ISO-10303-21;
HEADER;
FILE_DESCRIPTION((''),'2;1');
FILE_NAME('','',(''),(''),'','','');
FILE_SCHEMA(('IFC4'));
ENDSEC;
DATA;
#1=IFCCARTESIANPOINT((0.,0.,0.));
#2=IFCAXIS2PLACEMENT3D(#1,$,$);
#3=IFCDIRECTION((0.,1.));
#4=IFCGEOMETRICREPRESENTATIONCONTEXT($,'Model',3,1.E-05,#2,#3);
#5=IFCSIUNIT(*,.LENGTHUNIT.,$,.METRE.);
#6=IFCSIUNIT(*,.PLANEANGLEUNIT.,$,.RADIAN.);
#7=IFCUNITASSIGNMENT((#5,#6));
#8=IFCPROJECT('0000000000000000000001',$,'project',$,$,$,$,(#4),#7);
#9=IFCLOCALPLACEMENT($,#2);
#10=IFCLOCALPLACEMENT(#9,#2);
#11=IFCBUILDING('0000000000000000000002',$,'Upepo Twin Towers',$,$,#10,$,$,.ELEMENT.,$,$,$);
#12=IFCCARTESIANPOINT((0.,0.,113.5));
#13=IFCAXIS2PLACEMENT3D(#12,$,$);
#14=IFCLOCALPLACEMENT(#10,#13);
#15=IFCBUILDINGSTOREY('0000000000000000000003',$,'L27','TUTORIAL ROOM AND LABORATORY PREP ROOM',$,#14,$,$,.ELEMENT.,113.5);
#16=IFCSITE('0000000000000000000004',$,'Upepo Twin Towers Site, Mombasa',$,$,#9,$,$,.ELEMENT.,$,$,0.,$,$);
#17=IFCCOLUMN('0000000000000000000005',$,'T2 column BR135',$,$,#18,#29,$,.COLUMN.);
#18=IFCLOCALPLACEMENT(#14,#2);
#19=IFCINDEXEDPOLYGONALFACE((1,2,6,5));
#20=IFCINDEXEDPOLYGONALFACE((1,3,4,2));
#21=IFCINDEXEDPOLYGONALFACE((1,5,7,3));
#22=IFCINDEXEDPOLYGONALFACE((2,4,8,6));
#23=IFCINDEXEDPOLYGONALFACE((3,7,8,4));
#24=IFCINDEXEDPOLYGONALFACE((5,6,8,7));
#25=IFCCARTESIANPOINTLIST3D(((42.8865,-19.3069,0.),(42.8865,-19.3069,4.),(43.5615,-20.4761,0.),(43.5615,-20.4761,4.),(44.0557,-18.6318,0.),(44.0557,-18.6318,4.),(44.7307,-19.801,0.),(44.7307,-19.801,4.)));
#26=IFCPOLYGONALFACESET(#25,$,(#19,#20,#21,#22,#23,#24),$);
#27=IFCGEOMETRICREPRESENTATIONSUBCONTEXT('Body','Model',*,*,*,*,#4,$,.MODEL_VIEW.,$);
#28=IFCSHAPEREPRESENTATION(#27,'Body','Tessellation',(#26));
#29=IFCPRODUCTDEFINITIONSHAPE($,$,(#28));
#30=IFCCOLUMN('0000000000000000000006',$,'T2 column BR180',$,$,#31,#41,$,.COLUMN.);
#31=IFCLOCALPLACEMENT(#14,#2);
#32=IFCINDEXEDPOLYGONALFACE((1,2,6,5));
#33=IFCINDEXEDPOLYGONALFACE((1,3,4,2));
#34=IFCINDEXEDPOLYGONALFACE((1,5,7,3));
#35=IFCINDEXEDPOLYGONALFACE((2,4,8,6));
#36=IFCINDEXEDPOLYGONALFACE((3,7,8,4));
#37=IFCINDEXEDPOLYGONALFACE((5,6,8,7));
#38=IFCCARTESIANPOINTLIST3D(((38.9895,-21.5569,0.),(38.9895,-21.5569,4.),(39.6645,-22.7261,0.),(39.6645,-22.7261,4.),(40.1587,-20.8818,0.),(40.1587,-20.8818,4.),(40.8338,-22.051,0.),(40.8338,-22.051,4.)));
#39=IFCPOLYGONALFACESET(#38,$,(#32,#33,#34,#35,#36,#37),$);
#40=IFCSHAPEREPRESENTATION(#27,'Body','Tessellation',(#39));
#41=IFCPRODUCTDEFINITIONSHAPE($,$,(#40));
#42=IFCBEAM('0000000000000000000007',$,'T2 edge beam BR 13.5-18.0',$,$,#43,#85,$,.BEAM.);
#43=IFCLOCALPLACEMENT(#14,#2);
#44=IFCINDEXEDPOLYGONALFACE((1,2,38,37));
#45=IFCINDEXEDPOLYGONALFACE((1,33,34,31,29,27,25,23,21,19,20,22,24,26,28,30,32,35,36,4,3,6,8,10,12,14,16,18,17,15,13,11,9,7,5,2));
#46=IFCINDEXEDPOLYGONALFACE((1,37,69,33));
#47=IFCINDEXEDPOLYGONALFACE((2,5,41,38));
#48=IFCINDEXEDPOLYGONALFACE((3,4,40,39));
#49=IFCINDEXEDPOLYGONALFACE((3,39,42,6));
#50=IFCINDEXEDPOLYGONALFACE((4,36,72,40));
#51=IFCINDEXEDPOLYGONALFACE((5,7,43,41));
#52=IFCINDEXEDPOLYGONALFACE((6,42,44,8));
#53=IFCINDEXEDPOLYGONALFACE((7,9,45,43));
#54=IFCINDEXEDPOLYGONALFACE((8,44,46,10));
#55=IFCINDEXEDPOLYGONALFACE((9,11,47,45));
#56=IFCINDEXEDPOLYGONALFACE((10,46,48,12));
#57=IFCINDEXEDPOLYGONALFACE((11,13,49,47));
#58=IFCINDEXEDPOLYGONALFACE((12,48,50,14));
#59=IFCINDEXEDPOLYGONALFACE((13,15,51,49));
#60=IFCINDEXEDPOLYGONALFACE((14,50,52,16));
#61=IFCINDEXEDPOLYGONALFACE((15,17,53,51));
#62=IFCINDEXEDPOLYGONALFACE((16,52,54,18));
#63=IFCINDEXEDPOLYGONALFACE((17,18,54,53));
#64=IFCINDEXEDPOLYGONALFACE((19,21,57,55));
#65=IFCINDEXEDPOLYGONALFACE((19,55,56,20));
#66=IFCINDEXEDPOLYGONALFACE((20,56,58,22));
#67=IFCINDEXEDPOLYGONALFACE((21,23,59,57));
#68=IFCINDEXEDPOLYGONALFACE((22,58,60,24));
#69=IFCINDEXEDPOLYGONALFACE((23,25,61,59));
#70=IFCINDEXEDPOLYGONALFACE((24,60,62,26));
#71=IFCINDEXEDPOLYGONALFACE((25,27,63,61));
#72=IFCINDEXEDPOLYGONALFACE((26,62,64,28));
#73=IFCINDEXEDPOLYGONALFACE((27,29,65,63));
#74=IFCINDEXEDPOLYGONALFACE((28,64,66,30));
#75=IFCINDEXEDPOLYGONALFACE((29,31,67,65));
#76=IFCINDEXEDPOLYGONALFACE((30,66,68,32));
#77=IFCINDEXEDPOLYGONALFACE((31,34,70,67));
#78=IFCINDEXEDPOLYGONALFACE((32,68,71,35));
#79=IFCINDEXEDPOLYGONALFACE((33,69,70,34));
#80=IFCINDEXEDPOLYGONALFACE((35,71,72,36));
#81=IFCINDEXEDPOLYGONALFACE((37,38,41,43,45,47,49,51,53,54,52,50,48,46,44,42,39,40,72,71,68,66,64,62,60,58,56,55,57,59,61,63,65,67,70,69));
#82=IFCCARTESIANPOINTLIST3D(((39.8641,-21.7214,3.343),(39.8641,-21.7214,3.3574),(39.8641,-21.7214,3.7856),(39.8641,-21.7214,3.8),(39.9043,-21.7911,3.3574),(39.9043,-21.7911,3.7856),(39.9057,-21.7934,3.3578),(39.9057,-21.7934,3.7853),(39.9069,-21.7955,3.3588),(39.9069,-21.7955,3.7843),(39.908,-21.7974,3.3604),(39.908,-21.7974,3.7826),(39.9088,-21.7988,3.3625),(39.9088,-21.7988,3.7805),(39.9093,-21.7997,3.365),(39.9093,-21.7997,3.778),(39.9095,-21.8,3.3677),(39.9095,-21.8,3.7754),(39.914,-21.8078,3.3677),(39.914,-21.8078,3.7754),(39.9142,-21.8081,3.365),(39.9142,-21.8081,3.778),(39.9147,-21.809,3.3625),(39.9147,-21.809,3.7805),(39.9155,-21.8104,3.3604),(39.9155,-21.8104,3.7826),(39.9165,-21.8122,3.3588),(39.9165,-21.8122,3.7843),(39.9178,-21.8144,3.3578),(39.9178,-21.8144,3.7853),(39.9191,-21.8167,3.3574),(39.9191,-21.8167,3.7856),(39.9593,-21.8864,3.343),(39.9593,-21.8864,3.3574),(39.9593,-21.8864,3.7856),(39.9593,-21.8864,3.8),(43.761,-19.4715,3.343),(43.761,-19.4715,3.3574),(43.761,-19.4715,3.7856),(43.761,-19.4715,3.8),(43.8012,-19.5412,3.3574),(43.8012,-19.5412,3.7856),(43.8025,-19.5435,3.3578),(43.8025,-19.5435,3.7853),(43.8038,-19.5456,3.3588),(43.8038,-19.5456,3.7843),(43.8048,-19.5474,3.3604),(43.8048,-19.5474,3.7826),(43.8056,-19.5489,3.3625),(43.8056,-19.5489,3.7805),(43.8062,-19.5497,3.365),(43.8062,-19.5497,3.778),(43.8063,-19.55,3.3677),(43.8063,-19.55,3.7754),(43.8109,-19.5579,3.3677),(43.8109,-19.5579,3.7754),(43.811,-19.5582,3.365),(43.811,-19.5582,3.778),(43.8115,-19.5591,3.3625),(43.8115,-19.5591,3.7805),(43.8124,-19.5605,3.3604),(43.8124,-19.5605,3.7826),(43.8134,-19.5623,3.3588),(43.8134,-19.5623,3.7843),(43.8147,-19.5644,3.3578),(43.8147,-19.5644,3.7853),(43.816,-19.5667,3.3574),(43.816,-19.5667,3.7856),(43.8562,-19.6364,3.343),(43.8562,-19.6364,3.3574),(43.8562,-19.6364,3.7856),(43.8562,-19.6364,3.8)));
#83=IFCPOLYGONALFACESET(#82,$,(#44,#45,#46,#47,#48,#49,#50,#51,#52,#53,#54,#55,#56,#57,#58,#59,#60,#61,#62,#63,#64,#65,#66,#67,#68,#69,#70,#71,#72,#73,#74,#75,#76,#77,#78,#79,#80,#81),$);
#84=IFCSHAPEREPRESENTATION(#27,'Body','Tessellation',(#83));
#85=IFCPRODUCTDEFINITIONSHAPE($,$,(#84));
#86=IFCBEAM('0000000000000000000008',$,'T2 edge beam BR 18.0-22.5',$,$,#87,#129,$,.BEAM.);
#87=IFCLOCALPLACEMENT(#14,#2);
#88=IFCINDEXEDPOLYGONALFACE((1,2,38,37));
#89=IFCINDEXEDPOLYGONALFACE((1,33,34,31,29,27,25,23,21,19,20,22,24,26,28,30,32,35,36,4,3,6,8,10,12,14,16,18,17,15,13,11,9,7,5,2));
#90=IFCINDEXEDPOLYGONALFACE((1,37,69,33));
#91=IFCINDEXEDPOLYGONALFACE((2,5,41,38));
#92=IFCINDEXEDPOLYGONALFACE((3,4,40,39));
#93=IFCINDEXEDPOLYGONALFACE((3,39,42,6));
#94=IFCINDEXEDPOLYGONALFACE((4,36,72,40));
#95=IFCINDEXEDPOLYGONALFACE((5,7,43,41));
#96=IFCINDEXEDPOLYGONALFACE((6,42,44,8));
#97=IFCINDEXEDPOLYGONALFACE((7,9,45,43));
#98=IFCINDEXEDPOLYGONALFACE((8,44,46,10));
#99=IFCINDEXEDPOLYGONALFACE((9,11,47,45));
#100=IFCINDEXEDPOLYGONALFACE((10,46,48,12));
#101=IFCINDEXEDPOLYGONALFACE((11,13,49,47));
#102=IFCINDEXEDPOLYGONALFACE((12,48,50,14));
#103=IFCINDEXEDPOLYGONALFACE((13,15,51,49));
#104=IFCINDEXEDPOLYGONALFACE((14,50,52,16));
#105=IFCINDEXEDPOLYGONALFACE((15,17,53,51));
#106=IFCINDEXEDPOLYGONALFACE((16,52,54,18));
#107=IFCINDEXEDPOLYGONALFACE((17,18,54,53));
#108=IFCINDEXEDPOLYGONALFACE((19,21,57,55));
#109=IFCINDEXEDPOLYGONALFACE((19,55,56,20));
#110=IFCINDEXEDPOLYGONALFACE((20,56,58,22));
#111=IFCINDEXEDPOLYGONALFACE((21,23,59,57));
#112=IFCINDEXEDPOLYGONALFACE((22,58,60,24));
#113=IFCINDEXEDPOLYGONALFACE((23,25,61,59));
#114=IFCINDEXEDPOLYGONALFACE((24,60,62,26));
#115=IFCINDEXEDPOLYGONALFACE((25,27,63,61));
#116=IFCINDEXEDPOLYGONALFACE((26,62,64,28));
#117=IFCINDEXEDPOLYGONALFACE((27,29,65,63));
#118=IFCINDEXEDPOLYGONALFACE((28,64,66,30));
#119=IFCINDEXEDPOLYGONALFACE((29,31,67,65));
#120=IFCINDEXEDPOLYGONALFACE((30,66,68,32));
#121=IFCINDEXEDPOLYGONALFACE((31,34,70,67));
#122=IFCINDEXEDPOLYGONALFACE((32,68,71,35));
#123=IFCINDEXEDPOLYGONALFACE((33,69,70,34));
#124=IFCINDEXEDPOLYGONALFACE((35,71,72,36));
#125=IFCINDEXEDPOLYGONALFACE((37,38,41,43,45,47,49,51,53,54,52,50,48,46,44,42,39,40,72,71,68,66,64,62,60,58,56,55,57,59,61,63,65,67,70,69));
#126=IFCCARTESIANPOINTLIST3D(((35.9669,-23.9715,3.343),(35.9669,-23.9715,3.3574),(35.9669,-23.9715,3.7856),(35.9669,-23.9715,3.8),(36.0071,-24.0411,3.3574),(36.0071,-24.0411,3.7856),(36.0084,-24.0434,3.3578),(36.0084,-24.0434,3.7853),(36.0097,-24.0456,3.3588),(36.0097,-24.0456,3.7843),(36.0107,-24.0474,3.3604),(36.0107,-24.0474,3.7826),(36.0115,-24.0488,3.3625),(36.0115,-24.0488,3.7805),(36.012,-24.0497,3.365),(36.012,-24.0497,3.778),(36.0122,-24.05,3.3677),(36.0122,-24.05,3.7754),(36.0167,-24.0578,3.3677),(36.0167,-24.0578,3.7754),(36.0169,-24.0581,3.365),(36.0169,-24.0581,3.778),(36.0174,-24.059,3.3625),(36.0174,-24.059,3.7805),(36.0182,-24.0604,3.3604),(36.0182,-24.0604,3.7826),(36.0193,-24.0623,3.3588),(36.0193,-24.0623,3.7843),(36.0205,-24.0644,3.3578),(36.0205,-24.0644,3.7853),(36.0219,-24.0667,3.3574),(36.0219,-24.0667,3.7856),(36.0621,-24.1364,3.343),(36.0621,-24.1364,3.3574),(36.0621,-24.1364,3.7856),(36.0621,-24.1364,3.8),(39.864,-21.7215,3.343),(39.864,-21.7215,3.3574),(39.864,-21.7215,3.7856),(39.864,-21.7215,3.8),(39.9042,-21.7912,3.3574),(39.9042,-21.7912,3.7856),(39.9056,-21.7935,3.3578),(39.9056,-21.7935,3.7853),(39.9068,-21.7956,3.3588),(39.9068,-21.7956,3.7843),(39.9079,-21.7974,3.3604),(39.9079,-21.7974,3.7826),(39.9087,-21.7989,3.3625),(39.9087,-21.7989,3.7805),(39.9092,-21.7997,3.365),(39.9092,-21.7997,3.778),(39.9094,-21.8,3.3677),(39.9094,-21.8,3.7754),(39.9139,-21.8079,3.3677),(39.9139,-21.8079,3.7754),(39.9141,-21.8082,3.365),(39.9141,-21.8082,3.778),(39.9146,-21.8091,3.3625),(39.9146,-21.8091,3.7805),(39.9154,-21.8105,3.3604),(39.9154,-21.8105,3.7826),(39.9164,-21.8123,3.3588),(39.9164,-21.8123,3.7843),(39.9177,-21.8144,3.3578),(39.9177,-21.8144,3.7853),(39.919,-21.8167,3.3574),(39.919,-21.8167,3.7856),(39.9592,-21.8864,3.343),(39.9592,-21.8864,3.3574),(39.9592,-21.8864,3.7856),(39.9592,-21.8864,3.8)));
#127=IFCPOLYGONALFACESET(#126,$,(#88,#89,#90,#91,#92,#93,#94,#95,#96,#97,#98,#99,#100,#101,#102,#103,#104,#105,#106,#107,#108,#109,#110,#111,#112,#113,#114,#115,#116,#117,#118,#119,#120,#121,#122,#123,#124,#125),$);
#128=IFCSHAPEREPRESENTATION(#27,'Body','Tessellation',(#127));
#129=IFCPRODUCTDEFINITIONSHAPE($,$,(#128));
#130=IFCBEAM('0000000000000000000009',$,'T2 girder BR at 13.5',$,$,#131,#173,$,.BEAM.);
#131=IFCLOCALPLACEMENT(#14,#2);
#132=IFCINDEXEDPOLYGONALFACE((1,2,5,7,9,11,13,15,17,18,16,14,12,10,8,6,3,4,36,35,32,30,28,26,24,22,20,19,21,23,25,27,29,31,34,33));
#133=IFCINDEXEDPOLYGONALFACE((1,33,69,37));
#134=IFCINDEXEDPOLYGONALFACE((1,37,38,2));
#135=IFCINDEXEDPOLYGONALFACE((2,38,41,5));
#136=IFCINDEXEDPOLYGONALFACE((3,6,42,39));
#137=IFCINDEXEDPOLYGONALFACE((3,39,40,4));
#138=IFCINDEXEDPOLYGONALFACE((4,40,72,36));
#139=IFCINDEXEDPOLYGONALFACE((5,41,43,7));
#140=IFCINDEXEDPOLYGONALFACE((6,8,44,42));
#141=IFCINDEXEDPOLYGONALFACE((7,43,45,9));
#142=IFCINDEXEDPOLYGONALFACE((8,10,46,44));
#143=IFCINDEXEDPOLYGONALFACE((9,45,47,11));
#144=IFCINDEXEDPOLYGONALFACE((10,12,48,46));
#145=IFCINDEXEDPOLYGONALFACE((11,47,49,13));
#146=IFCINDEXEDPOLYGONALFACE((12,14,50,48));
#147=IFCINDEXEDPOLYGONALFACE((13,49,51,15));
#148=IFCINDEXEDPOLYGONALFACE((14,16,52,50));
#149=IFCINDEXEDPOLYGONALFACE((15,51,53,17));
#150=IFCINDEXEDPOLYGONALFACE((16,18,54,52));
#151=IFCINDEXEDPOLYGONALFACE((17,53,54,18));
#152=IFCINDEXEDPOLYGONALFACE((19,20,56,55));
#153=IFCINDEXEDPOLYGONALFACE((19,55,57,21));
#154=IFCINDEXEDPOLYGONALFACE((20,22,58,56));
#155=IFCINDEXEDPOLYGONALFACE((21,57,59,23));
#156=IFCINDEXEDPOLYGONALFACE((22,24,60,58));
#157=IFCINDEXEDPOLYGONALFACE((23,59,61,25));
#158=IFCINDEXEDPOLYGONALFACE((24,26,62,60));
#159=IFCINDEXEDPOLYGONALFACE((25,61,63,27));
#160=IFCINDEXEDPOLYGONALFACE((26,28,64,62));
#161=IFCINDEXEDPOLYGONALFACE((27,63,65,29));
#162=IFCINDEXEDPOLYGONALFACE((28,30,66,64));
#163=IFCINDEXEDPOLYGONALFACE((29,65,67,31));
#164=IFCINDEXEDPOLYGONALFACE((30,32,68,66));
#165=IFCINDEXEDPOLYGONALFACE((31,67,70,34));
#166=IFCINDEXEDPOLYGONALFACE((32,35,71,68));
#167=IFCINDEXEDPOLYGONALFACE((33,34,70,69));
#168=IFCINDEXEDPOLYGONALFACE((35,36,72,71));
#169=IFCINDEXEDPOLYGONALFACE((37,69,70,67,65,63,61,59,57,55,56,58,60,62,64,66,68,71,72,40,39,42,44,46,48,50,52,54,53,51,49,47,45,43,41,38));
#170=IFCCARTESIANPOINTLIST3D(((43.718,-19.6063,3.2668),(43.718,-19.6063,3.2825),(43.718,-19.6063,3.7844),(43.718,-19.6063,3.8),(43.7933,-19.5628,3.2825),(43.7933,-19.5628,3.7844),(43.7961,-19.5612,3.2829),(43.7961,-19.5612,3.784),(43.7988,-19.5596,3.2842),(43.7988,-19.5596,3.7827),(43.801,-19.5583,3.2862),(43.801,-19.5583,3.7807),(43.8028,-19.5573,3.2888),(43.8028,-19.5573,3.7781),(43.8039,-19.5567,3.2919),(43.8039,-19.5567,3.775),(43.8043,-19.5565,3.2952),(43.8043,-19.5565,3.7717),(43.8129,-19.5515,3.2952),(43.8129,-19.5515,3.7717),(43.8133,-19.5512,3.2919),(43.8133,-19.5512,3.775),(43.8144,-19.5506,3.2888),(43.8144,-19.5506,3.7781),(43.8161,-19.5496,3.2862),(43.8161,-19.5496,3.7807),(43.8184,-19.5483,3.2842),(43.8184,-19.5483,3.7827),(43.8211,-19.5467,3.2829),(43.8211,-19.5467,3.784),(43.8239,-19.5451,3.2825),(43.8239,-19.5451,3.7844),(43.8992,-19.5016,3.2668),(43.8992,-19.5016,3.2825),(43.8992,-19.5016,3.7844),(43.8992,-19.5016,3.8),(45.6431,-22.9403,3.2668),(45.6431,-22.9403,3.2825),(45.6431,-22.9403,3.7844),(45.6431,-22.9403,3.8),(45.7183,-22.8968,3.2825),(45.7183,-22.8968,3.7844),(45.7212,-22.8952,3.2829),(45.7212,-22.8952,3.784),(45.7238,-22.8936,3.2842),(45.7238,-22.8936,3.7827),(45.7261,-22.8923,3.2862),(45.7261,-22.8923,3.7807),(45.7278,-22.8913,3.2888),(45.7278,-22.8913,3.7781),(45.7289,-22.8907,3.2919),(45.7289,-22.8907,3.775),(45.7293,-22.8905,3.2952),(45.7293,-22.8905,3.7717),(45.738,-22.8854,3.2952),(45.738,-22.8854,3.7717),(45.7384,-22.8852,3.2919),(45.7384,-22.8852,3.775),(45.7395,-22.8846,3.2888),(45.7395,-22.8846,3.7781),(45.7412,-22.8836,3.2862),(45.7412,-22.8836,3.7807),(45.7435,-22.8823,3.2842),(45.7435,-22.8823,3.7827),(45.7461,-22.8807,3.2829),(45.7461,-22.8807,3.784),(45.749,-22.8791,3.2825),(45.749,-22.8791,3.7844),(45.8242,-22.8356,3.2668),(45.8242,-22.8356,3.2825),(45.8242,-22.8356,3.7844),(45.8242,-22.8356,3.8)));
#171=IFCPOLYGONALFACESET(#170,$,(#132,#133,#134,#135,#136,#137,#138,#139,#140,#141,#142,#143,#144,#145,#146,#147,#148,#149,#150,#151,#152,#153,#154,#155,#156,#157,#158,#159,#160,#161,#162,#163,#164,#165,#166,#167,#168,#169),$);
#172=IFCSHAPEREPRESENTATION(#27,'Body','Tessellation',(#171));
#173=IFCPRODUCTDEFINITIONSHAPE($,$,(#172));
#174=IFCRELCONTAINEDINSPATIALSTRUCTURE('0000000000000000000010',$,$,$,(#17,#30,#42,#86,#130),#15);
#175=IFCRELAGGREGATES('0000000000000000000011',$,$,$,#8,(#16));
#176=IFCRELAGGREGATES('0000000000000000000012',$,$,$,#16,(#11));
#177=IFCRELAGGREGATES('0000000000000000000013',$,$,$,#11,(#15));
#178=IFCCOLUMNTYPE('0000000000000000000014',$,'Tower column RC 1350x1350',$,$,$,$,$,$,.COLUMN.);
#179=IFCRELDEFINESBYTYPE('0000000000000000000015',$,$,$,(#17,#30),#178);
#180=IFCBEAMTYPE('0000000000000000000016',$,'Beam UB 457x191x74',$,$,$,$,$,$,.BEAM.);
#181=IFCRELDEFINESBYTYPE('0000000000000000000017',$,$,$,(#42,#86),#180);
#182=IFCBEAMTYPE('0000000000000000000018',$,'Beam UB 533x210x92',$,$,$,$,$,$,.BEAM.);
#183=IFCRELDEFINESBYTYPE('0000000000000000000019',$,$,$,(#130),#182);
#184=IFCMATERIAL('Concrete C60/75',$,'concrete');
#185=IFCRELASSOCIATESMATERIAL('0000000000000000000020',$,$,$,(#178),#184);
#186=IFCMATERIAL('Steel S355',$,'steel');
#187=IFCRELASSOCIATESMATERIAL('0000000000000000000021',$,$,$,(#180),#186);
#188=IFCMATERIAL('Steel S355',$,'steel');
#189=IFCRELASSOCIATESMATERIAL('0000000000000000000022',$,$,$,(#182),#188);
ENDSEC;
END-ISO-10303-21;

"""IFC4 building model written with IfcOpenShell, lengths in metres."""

from ifc_helpers import new_model, si_unit, direction, frame, origin, origin_2d, place, context, subcontext, project, spatial, rectangle, i_section, extrude, material, material_profile, profile_set, type_object, element, save


model = new_model("IFC4")

# Units and contexts
model_context = context("Model", 3, precision=1e-05, world=origin(), true_north=direction((0.0, 1.0)))
body_context = subcontext(model_context, "Body", "Model", "MODEL_VIEW")
ifc_project = project(units=[si_unit("LENGTHUNIT", "METRE"), si_unit("PLANEANGLEUNIT", "RADIAN")], contexts=[model_context])

# Site, building, storey
site_placement = place(None, origin())
site = spatial("IfcSite", under=ifc_project, at=site_placement, Name="Upepo Twin Towers Site, Mombasa", CompositionType="ELEMENT", RefElevation=0.0)
building_placement = place(site_placement, origin())
building = spatial("IfcBuilding", under=site, at=building_placement, Name="Upepo Twin Towers", CompositionType="ELEMENT")
storey_placement = place(building_placement, frame((0.0, 0.0, 113.5)))
storey = spatial("IfcBuildingStorey", under=building, at=storey_placement, Name="L27", Description="TUTORIAL ROOM AND LABORATORY PREP ROOM", CompositionType="ELEMENT", Elevation=113.5)

# Columns
ifc_material_1 = material(Name="Concrete C60/75", Category="concrete")
ifc_material_profile_1 = material_profile(ifc_material_1, rectangle(XDim=1.3501, YDim=1.3501, at=origin_2d()), Name="RC 1350x1350")
ifc_profile_set_1 = profile_set([ifc_material_profile_1], Name="Concrete C60/75")
column_type = type_object("IfcColumnType", Name="Tower column RC 1350x1350", PredefinedType="COLUMN", material=ifc_profile_set_1)
for number, where, z_axis, x_axis, name in (
    (1, (43.8086, -19.554, 0.0), (0.0, 0.0, 1.0), (0.866025, 0.5, 0.0), "T2 column BR135"),
    (2, (39.9116, -21.804, 0.0), (0.0, 0.0, 1.0), (0.866025, 0.5, 0.0), "T2 column BR180"),
):
    element("IfcColumn", number, at=place(storey_placement, frame(where, z_axis=z_axis, x_axis=x_axis)), inside=storey, type_object=column_type, Name=name, PredefinedType="COLUMN", context=body_context, shape_type="SweptSolid", body=[
        extrude(rectangle(XDim=1.3501, YDim=1.3501, at=origin_2d()), origin(), (0.0, 0.0, 1.0), 4.0),
    ])

# Beams
ifc_material_2 = material(Name="Steel S355", Category="steel")
ifc_material_profile_2 = material_profile(ifc_material_2, i_section(OverallWidth=0.1904, OverallDepth=0.457, WebThickness=0.009, FlangeThickness=0.0144, FilletRadius=0.0103, at=origin_2d()), Name="UB 457x191x74")
ifc_profile_set_2 = profile_set([ifc_material_profile_2], Name="Steel S355")
beam_type_1 = type_object("IfcBeamType", Name="Beam UB 457x191x74", PredefinedType="BEAM", material=ifc_profile_set_2)
beam_1_placement = place(storey_placement, frame((43.8086, -19.554, 3.5715), z_axis=(-0.866018, -0.500014, 0.0), x_axis=(0.500014, -0.866018, 0.0)))
element("IfcBeam", 3, at=beam_1_placement, inside=storey, type_object=beam_type_1, Name="T2 edge beam BR 13.5-18.0", PredefinedType="BEAM", context=body_context, shape_type="SweptSolid", body=[
    extrude(i_section(OverallWidth=0.1904, OverallDepth=0.457, WebThickness=0.009, FlangeThickness=0.0144, FilletRadius=0.0103, at=origin_2d()), origin(), (0.0, 0.0, 1.0), 4.4998),
])
beam_2_placement = place(storey_placement, frame((39.9116, -21.804, 3.5715), z_axis=(-0.866031, -0.49999, 0.0), x_axis=(0.49999, -0.866031, 0.0)))
element("IfcBeam", 4, at=beam_2_placement, inside=storey, type_object=beam_type_1, Name="T2 edge beam BR 18.0-22.5", PredefinedType="BEAM", context=body_context, shape_type="SweptSolid", body=[
    extrude(i_section(OverallWidth=0.1904, OverallDepth=0.457, WebThickness=0.009, FlangeThickness=0.0144, FilletRadius=0.0103, at=origin_2d()), origin(), (0.0, 0.0, 1.0), 4.5),
])
ifc_material_3 = material(Name="Steel S355", Category="steel")
ifc_material_profile_3 = material_profile(ifc_material_3, i_section(OverallWidth=0.2092, OverallDepth=0.5332, WebThickness=0.01, FlangeThickness=0.0156, FilletRadius=0.0127, at=origin_2d()), Name="UB 533x210x92")
ifc_profile_set_3 = profile_set([ifc_material_profile_3], Name="Steel S355")
beam_type_2 = type_object("IfcBeamType", Name="Beam UB 533x210x92", PredefinedType="BEAM", material=ifc_profile_set_3)
beam_3_placement = place(storey_placement, frame((43.8086, -19.554, 3.5334), z_axis=(0.500034, -0.866006, 0.0), x_axis=(0.866006, 0.500034, 0.0)))
element("IfcBeam", 5, at=beam_3_placement, inside=storey, type_object=beam_type_2, Name="T2 girder BR at 13.5", PredefinedType="BEAM", context=body_context, shape_type="SweptSolid", body=[
    extrude(i_section(OverallWidth=0.2092, OverallDepth=0.5332, WebThickness=0.01, FlangeThickness=0.0156, FilletRadius=0.0127, at=origin_2d()), origin(), (0.0, 0.0, 1.0), 3.8499),
])

save(model, "model.ifc")
